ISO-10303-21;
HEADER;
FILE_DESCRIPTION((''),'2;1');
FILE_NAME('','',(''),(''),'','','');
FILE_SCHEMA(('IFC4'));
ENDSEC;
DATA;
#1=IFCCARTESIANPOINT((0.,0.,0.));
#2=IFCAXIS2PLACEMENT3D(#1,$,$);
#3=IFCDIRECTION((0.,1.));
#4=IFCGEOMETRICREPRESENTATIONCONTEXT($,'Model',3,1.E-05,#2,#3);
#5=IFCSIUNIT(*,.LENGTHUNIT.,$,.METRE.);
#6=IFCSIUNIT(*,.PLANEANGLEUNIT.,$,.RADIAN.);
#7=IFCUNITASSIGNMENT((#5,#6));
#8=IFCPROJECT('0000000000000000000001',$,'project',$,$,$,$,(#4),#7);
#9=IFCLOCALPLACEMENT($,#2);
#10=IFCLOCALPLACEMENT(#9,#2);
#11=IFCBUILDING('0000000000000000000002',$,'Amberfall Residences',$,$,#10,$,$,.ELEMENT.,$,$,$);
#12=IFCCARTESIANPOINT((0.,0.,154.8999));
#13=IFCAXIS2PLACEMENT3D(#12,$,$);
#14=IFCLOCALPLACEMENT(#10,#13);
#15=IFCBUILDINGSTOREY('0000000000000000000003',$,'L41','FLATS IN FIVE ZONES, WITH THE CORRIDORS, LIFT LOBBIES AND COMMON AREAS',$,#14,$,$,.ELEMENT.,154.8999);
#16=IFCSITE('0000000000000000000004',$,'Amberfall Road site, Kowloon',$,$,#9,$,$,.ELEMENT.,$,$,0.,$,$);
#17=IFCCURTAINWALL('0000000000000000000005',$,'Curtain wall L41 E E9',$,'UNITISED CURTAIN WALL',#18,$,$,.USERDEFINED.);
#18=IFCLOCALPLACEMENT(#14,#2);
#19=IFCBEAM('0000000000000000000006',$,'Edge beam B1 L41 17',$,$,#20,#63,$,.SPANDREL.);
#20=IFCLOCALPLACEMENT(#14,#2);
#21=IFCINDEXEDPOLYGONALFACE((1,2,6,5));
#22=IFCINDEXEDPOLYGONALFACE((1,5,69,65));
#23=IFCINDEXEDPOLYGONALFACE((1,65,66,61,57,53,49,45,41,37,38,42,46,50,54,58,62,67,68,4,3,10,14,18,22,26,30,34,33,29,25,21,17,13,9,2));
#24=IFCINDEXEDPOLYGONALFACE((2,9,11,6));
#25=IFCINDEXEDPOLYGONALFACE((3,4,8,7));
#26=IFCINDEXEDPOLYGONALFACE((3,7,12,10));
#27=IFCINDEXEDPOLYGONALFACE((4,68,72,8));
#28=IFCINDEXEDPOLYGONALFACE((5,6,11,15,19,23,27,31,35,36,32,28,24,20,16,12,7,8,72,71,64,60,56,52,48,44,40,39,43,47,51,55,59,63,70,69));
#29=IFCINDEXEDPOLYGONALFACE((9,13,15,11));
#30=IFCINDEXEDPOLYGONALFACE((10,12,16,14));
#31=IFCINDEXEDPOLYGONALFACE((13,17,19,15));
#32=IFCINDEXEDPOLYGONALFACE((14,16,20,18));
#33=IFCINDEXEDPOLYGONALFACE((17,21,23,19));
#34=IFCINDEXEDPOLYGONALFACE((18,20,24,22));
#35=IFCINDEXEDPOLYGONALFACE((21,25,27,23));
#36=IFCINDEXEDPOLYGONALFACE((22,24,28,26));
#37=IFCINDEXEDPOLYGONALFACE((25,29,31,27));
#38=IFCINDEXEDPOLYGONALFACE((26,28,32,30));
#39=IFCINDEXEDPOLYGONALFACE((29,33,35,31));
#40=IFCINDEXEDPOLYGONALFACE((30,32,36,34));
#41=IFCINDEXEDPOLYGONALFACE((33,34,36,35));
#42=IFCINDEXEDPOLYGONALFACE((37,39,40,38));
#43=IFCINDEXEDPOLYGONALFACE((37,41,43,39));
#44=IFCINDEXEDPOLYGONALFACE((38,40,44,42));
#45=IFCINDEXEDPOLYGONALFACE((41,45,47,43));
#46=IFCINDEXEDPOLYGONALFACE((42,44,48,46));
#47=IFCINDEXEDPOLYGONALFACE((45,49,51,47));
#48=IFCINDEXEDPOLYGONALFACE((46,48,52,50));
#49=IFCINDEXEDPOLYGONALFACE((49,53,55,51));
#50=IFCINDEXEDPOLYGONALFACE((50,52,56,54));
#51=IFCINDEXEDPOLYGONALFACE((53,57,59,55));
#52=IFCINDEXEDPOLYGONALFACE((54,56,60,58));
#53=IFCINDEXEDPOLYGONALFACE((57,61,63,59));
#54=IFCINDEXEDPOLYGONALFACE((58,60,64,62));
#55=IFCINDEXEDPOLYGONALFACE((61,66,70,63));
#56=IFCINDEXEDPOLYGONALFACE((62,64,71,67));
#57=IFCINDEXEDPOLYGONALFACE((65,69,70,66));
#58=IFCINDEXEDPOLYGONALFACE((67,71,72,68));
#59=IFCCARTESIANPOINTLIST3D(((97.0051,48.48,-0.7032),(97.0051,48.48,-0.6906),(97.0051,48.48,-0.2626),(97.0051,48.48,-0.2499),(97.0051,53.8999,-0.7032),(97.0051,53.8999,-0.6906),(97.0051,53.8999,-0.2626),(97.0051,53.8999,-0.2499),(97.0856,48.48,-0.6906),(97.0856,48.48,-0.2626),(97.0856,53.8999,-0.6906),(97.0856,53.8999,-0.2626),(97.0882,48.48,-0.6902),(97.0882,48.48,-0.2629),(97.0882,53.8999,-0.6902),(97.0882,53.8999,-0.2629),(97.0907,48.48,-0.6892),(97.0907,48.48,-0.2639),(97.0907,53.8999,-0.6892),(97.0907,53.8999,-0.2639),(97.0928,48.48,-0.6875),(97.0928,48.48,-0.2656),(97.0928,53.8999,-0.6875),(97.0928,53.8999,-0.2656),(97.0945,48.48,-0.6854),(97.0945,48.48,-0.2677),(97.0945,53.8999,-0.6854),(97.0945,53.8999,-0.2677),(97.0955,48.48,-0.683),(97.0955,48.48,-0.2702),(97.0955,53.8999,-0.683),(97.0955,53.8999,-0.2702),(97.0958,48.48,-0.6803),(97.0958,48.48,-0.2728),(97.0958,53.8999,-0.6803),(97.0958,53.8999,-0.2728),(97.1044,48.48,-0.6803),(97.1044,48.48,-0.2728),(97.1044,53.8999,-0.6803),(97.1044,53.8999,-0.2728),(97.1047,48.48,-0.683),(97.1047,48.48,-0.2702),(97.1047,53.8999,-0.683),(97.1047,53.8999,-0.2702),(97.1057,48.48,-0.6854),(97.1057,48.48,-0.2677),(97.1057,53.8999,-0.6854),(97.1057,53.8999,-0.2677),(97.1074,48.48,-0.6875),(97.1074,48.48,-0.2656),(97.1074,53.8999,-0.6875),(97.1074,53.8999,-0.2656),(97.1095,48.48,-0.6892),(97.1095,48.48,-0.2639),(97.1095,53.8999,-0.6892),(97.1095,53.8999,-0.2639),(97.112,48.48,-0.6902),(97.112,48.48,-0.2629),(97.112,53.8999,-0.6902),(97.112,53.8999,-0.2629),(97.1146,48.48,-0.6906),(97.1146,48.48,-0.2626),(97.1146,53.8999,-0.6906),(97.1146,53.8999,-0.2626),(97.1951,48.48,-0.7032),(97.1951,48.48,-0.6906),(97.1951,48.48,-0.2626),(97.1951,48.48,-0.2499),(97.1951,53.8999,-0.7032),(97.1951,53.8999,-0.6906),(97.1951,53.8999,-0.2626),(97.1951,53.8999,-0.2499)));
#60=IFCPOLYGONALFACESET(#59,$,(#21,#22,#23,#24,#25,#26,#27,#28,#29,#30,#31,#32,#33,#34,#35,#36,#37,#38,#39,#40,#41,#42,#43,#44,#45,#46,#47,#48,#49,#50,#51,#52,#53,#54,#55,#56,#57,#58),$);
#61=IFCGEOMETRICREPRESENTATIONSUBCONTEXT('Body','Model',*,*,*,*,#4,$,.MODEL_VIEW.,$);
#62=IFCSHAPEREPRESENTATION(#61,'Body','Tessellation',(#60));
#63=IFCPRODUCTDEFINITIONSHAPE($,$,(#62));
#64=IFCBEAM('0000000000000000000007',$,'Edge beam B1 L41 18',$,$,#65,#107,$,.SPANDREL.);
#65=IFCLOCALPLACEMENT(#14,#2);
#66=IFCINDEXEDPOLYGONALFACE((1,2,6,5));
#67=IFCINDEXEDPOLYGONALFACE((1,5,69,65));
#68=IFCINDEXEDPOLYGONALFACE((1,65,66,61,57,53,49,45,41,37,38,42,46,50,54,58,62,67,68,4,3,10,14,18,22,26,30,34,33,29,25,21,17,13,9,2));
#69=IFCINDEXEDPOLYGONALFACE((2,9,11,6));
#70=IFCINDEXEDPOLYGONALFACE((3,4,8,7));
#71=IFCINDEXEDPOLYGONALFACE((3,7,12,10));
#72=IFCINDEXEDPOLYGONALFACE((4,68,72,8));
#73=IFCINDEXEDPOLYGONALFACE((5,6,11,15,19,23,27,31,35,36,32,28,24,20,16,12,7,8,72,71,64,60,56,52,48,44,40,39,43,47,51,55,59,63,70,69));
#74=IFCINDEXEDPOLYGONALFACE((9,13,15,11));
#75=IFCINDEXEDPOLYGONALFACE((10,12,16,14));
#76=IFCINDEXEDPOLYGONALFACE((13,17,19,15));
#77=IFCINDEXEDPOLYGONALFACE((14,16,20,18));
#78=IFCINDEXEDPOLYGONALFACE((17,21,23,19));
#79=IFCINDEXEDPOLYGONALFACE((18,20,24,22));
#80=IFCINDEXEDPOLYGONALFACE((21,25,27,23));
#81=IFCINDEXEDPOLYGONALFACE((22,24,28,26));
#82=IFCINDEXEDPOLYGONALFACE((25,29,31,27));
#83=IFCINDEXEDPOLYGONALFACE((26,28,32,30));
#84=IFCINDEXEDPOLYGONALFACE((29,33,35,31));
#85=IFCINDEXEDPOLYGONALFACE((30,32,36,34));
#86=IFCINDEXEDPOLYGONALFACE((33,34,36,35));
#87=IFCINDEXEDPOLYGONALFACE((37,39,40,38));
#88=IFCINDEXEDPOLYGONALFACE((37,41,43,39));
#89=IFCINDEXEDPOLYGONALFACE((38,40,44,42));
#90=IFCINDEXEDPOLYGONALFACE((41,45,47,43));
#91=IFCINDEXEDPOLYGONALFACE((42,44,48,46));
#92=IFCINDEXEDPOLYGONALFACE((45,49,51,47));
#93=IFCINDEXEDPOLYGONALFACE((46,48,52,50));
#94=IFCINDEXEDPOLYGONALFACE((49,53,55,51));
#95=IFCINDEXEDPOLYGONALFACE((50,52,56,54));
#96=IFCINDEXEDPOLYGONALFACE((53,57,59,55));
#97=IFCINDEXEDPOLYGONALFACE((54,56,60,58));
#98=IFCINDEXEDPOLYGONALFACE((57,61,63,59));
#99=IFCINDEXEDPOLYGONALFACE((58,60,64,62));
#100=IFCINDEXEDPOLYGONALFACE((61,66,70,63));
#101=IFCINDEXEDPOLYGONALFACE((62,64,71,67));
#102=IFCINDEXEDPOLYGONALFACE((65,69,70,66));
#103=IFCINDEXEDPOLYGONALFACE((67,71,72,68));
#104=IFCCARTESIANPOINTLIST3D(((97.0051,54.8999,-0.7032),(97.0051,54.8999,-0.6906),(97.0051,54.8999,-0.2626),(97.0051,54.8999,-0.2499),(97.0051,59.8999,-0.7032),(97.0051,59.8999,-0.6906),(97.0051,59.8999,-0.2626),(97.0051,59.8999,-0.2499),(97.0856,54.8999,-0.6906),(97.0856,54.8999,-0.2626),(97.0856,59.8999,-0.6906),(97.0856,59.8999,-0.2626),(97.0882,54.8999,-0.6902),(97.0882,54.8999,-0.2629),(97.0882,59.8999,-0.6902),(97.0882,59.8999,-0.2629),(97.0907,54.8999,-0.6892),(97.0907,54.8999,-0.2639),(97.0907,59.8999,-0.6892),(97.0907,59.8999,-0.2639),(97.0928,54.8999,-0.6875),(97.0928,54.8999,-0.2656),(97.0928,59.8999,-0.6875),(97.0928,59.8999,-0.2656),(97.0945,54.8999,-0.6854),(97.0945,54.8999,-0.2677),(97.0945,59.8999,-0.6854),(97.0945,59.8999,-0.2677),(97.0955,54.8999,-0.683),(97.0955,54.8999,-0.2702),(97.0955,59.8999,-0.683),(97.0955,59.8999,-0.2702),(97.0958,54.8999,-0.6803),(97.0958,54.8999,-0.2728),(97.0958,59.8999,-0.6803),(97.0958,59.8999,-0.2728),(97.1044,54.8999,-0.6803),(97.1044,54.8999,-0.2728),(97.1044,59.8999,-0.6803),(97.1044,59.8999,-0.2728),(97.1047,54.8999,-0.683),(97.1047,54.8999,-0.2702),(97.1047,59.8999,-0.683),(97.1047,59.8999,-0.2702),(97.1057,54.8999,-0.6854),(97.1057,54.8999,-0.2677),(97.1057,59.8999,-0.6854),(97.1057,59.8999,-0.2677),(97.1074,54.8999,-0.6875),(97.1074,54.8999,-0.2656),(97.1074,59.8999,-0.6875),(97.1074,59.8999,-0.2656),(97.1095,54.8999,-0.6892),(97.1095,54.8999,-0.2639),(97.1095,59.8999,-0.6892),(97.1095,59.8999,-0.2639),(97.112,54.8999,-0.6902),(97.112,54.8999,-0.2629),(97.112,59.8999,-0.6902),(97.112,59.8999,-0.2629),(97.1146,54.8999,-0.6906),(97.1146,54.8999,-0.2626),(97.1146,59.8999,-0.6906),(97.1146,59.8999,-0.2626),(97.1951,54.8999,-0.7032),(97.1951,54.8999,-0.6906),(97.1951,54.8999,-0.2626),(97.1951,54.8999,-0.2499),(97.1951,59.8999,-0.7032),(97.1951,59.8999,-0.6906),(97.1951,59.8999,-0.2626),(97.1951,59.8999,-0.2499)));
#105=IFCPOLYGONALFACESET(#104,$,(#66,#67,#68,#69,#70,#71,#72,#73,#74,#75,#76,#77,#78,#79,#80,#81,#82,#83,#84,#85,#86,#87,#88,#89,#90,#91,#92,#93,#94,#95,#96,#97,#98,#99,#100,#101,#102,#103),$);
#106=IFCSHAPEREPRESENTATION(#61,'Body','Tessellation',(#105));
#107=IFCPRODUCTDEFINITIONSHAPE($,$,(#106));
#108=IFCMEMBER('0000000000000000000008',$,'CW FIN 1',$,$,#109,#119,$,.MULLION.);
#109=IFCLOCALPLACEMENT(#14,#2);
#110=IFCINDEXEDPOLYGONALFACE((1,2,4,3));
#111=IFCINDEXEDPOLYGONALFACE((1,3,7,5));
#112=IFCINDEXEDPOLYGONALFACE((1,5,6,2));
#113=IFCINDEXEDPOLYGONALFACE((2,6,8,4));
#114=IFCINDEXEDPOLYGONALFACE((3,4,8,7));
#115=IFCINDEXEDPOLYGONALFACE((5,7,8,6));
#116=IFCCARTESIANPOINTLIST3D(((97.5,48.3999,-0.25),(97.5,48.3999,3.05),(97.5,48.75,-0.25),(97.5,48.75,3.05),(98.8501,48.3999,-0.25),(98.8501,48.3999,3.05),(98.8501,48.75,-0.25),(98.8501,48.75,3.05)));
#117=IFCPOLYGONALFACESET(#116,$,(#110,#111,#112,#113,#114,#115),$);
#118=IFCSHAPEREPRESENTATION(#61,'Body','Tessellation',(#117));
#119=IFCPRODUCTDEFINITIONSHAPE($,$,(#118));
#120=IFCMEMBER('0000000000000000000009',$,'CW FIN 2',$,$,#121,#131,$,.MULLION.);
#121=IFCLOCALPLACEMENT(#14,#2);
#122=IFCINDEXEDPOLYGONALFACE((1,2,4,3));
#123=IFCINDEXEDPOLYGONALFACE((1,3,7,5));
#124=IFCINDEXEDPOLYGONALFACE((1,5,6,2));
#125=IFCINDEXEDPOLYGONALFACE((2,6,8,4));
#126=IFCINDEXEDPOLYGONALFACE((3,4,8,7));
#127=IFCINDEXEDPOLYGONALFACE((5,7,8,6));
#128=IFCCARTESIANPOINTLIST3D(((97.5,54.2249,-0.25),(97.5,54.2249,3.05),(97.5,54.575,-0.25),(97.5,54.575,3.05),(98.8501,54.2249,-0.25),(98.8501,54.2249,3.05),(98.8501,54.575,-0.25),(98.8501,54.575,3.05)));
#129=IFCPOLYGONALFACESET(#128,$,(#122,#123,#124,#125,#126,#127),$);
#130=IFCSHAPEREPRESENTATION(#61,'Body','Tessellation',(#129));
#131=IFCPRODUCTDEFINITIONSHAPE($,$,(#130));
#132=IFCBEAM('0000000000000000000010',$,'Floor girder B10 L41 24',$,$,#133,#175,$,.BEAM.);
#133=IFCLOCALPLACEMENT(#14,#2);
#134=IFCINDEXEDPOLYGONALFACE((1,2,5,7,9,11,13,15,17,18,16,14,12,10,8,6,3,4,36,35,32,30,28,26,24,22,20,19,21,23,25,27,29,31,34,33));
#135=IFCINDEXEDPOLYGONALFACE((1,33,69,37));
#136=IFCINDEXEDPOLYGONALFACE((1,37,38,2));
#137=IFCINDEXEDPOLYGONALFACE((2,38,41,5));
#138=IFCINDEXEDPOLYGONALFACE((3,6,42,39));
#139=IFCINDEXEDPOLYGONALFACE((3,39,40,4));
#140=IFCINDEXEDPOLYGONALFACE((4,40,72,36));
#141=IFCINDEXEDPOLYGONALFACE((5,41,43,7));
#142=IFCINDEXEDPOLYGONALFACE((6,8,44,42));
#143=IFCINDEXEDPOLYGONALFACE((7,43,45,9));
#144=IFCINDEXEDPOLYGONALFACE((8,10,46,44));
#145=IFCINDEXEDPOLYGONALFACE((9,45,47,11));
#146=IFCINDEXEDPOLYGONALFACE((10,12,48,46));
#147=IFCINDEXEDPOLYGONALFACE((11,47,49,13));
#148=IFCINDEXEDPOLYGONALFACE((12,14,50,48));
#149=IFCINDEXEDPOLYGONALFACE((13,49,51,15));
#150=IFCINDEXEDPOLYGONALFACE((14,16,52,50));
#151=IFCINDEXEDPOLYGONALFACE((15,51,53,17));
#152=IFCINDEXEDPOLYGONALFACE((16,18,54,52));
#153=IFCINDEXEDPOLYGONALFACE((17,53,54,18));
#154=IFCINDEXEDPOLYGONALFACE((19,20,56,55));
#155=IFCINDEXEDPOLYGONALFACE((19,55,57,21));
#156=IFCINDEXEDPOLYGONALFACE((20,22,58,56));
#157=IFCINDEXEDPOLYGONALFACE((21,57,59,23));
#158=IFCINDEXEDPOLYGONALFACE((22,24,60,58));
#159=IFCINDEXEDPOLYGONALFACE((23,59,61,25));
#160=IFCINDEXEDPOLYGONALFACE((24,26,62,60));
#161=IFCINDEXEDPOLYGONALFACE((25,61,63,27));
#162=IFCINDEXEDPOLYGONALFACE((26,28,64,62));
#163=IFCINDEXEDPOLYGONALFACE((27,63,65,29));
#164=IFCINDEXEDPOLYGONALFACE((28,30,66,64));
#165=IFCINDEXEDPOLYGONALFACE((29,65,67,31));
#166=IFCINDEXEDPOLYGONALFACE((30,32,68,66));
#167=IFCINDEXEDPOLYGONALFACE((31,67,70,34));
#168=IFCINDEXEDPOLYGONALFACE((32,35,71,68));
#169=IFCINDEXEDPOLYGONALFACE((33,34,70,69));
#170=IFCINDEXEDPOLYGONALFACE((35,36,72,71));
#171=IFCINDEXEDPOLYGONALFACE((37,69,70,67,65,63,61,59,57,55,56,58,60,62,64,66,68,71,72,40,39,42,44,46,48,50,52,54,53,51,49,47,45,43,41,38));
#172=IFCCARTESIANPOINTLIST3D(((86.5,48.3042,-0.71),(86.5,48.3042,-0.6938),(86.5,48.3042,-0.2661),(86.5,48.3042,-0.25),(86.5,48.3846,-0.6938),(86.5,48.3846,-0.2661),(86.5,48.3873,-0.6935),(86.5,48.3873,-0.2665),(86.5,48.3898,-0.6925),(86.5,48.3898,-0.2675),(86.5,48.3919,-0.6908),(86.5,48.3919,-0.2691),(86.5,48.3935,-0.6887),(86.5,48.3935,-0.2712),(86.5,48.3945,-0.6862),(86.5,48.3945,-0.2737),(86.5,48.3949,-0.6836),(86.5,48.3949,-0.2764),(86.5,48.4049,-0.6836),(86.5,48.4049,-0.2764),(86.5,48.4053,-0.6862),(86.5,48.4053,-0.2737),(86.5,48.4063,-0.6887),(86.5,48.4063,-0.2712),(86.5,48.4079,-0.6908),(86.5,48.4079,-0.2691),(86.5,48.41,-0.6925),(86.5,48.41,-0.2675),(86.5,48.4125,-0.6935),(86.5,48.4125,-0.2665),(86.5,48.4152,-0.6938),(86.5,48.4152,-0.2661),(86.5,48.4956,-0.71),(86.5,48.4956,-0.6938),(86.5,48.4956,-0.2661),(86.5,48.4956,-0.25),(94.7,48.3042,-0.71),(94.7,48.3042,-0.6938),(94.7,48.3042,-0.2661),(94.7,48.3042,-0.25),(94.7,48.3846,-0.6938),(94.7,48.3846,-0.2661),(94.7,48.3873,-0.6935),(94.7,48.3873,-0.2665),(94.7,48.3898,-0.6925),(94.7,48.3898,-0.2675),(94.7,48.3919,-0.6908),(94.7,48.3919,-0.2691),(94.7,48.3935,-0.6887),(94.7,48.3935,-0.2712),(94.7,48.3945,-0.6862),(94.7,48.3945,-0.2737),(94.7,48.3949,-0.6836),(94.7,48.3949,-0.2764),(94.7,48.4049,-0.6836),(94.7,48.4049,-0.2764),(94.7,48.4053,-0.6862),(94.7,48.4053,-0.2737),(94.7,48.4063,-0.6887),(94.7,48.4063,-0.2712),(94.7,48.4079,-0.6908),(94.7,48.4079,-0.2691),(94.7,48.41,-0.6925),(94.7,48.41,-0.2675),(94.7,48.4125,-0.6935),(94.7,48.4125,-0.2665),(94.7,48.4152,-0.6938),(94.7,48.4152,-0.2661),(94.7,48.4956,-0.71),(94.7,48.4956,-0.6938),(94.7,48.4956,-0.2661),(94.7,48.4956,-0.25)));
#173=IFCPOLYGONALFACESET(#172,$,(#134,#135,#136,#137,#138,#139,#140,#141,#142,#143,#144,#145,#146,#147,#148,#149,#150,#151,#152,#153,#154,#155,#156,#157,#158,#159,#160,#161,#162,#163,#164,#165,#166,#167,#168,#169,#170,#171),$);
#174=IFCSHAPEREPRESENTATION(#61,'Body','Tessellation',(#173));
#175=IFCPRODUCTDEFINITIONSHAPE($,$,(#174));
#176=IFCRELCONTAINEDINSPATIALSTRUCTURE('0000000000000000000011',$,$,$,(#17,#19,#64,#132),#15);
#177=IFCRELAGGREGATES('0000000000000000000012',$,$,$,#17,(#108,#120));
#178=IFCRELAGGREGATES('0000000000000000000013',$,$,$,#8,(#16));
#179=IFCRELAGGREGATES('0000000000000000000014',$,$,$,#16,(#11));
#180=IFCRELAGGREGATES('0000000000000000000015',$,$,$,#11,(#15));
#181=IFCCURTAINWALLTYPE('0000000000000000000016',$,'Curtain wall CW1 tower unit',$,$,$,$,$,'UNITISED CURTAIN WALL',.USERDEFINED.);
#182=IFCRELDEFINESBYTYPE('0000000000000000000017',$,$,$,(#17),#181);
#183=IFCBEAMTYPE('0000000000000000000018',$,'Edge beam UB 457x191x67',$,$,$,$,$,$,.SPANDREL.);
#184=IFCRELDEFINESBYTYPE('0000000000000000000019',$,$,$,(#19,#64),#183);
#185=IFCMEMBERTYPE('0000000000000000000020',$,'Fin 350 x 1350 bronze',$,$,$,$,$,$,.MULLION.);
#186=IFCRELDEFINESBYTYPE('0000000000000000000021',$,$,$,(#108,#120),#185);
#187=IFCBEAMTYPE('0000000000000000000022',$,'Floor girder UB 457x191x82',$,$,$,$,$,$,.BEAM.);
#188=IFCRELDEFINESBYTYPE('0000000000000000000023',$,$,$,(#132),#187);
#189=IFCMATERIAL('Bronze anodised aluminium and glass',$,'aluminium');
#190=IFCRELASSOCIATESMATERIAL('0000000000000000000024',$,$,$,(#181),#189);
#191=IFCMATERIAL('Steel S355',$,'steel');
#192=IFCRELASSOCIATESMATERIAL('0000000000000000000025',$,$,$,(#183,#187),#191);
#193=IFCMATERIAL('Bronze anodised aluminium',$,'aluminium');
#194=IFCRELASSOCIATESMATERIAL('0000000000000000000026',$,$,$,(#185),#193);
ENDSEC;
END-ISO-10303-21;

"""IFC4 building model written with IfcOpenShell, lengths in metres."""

from ifc_helpers import new_model, si_unit, direction, frame, origin, origin_2d, place, context, subcontext, project, spatial, rectangle, i_section, extrude, material, material_profile, profile_set, type_object, element, aggregate, save


model = new_model("IFC4")

# Units and contexts
model_context = context("Model", 3, precision=1e-05, world=origin(), true_north=direction((0.0, 1.0)))
body_context = subcontext(model_context, "Body", "Model", "MODEL_VIEW")
ifc_project = project(units=[si_unit("LENGTHUNIT", "METRE"), si_unit("PLANEANGLEUNIT", "RADIAN")], contexts=[model_context])

# Site, building, storey
site_placement = place(None, origin())
site = spatial("IfcSite", under=ifc_project, at=site_placement, Name="Amberfall Road site, Kowloon", CompositionType="ELEMENT", RefElevation=0.0)
building_placement = place(site_placement, origin())
building = spatial("IfcBuilding", under=site, at=building_placement, Name="Amberfall Residences", CompositionType="ELEMENT")
storey_placement = place(building_placement, frame((0.0, 0.0, 154.8999)))
storey = spatial("IfcBuildingStorey", under=building, at=storey_placement, Name="L41", Description="FLATS IN FIVE ZONES, WITH THE CORRIDORS, LIFT LOBBIES AND COMMON AREAS", CompositionType="ELEMENT", Elevation=154.8999)

# Curtain wall
ifc_material_1 = material(Name="Bronze anodised aluminium and glass", Category="aluminium")
curtain_wall_type = type_object("IfcCurtainWallType", Name="Curtain wall CW1 tower unit", ElementType="UNITISED CURTAIN WALL", PredefinedType="USERDEFINED", material=ifc_material_1)
curtain_wall_placement = place(storey_placement, origin())
curtain_wall = element("IfcCurtainWall", 1, at=curtain_wall_placement, inside=storey, type_object=curtain_wall_type, Name="Curtain wall L41 E E9", ObjectType="UNITISED CURTAIN WALL", PredefinedType="USERDEFINED")
ifc_material_2 = material(Name="Bronze anodised aluminium", Category="aluminium")

# Beams
ifc_material_3 = material(Name="Steel S355", Category="steel")
ifc_material_profile_1 = material_profile(ifc_material_3, i_section(OverallWidth=0.1899, OverallDepth=0.4534, WebThickness=0.0085, FlangeThickness=0.0127, FilletRadius=0.0103, at=origin_2d()), Name="UB 457x191x67")
ifc_profile_set_1 = profile_set([ifc_material_profile_1], Name="Steel S355")
beam_type_1 = type_object("IfcBeamType", Name="Edge beam UB 457x191x67", PredefinedType="SPANDREL", material=ifc_profile_set_1)
beam_1_placement = place(storey_placement, frame((97.1001, 48.48, -0.4766), z_axis=(0.0, 1.0, 0.0), x_axis=(-1.0, 0.0, 0.0)))
element("IfcBeam", 2, at=beam_1_placement, inside=storey, type_object=beam_type_1, Name="Edge beam B1 L41 17", PredefinedType="SPANDREL", context=body_context, shape_type="SweptSolid", body=[
    extrude(i_section(OverallWidth=0.1899, OverallDepth=0.4534, WebThickness=0.0085, FlangeThickness=0.0127, FilletRadius=0.0103, at=origin_2d()), origin(), (0.0, 0.0, 1.0), 5.4199),
])
beam_2_placement = place(storey_placement, frame((97.1001, 54.8999, -0.4766), z_axis=(0.0, 1.0, 0.0), x_axis=(-1.0, 0.0, 0.0)))
element("IfcBeam", 3, at=beam_2_placement, inside=storey, type_object=beam_type_1, Name="Edge beam B1 L41 18", PredefinedType="SPANDREL", context=body_context, shape_type="SweptSolid", body=[
    extrude(i_section(OverallWidth=0.1899, OverallDepth=0.4534, WebThickness=0.0085, FlangeThickness=0.0127, FilletRadius=0.0103, at=origin_2d()), origin(), (0.0, 0.0, 1.0), 5.0),
])

# Members
ifc_material_profile_2 = material_profile(ifc_material_2, rectangle(XDim=1.3501, YDim=0.3501, at=origin_2d()), Name="Fin 350 x 1350 bronze")
ifc_profile_set_2 = profile_set([ifc_material_profile_2], Name="Bronze anodised aluminium")
member_type_1 = type_object("IfcMemberType", Name="Fin 350 x 1350 bronze", PredefinedType="MULLION", material=ifc_profile_set_2)
member_1_placement = place(storey_placement, frame((98.175, 48.575, -0.25), z_axis=(0.0, 0.0, 1.0), x_axis=(-1.0, 0.0, 0.0)))
member_1 = element("IfcMember", 4, at=member_1_placement, type_object=member_type_1, Name="CW FIN 1", PredefinedType="MULLION", context=body_context, shape_type="SweptSolid", body=[
    extrude(rectangle(XDim=1.3501, YDim=0.3501, at=origin_2d()), origin(), (0.0, 0.0, 1.0), 3.3),
])
member_2_placement = place(storey_placement, frame((98.175, 54.3999, -0.25), z_axis=(0.0, 0.0, 1.0), x_axis=(-1.0, 0.0, 0.0)))
member_2 = element("IfcMember", 5, at=member_2_placement, type_object=member_type_1, Name="CW FIN 2", PredefinedType="MULLION", context=body_context, shape_type="SweptSolid", body=[
    extrude(rectangle(XDim=1.3501, YDim=0.3501, at=origin_2d()), origin(), (0.0, 0.0, 1.0), 3.3),
])

# Beam
ifc_material_profile_3 = material_profile(ifc_material_3, i_section(OverallWidth=0.1914, OverallDepth=0.46, WebThickness=0.01, FlangeThickness=0.0161, FilletRadius=0.0103, at=origin_2d()), Name="UB 457x191x82")
ifc_profile_set_3 = profile_set([ifc_material_profile_3], Name="Steel S355")
beam_type_2 = type_object("IfcBeamType", Name="Floor girder UB 457x191x82", PredefinedType="BEAM", material=ifc_profile_set_3)
beam_3_placement = place(storey_placement, frame((94.7, 48.3999, -0.48), z_axis=(-1.0, 0.0, 0.0), x_axis=(0.0, -1.0, 0.0)))
element("IfcBeam", 6, at=beam_3_placement, inside=storey, type_object=beam_type_2, Name="Floor girder B10 L41 24", PredefinedType="BEAM", context=body_context, shape_type="SweptSolid", body=[
    extrude(i_section(OverallWidth=0.1914, OverallDepth=0.46, WebThickness=0.01, FlangeThickness=0.0161, FilletRadius=0.0103, at=origin_2d()), origin(), (0.0, 0.0, 1.0), 8.2),
])

aggregate(curtain_wall, [member_1, member_2])

save(model, "model.ifc")
